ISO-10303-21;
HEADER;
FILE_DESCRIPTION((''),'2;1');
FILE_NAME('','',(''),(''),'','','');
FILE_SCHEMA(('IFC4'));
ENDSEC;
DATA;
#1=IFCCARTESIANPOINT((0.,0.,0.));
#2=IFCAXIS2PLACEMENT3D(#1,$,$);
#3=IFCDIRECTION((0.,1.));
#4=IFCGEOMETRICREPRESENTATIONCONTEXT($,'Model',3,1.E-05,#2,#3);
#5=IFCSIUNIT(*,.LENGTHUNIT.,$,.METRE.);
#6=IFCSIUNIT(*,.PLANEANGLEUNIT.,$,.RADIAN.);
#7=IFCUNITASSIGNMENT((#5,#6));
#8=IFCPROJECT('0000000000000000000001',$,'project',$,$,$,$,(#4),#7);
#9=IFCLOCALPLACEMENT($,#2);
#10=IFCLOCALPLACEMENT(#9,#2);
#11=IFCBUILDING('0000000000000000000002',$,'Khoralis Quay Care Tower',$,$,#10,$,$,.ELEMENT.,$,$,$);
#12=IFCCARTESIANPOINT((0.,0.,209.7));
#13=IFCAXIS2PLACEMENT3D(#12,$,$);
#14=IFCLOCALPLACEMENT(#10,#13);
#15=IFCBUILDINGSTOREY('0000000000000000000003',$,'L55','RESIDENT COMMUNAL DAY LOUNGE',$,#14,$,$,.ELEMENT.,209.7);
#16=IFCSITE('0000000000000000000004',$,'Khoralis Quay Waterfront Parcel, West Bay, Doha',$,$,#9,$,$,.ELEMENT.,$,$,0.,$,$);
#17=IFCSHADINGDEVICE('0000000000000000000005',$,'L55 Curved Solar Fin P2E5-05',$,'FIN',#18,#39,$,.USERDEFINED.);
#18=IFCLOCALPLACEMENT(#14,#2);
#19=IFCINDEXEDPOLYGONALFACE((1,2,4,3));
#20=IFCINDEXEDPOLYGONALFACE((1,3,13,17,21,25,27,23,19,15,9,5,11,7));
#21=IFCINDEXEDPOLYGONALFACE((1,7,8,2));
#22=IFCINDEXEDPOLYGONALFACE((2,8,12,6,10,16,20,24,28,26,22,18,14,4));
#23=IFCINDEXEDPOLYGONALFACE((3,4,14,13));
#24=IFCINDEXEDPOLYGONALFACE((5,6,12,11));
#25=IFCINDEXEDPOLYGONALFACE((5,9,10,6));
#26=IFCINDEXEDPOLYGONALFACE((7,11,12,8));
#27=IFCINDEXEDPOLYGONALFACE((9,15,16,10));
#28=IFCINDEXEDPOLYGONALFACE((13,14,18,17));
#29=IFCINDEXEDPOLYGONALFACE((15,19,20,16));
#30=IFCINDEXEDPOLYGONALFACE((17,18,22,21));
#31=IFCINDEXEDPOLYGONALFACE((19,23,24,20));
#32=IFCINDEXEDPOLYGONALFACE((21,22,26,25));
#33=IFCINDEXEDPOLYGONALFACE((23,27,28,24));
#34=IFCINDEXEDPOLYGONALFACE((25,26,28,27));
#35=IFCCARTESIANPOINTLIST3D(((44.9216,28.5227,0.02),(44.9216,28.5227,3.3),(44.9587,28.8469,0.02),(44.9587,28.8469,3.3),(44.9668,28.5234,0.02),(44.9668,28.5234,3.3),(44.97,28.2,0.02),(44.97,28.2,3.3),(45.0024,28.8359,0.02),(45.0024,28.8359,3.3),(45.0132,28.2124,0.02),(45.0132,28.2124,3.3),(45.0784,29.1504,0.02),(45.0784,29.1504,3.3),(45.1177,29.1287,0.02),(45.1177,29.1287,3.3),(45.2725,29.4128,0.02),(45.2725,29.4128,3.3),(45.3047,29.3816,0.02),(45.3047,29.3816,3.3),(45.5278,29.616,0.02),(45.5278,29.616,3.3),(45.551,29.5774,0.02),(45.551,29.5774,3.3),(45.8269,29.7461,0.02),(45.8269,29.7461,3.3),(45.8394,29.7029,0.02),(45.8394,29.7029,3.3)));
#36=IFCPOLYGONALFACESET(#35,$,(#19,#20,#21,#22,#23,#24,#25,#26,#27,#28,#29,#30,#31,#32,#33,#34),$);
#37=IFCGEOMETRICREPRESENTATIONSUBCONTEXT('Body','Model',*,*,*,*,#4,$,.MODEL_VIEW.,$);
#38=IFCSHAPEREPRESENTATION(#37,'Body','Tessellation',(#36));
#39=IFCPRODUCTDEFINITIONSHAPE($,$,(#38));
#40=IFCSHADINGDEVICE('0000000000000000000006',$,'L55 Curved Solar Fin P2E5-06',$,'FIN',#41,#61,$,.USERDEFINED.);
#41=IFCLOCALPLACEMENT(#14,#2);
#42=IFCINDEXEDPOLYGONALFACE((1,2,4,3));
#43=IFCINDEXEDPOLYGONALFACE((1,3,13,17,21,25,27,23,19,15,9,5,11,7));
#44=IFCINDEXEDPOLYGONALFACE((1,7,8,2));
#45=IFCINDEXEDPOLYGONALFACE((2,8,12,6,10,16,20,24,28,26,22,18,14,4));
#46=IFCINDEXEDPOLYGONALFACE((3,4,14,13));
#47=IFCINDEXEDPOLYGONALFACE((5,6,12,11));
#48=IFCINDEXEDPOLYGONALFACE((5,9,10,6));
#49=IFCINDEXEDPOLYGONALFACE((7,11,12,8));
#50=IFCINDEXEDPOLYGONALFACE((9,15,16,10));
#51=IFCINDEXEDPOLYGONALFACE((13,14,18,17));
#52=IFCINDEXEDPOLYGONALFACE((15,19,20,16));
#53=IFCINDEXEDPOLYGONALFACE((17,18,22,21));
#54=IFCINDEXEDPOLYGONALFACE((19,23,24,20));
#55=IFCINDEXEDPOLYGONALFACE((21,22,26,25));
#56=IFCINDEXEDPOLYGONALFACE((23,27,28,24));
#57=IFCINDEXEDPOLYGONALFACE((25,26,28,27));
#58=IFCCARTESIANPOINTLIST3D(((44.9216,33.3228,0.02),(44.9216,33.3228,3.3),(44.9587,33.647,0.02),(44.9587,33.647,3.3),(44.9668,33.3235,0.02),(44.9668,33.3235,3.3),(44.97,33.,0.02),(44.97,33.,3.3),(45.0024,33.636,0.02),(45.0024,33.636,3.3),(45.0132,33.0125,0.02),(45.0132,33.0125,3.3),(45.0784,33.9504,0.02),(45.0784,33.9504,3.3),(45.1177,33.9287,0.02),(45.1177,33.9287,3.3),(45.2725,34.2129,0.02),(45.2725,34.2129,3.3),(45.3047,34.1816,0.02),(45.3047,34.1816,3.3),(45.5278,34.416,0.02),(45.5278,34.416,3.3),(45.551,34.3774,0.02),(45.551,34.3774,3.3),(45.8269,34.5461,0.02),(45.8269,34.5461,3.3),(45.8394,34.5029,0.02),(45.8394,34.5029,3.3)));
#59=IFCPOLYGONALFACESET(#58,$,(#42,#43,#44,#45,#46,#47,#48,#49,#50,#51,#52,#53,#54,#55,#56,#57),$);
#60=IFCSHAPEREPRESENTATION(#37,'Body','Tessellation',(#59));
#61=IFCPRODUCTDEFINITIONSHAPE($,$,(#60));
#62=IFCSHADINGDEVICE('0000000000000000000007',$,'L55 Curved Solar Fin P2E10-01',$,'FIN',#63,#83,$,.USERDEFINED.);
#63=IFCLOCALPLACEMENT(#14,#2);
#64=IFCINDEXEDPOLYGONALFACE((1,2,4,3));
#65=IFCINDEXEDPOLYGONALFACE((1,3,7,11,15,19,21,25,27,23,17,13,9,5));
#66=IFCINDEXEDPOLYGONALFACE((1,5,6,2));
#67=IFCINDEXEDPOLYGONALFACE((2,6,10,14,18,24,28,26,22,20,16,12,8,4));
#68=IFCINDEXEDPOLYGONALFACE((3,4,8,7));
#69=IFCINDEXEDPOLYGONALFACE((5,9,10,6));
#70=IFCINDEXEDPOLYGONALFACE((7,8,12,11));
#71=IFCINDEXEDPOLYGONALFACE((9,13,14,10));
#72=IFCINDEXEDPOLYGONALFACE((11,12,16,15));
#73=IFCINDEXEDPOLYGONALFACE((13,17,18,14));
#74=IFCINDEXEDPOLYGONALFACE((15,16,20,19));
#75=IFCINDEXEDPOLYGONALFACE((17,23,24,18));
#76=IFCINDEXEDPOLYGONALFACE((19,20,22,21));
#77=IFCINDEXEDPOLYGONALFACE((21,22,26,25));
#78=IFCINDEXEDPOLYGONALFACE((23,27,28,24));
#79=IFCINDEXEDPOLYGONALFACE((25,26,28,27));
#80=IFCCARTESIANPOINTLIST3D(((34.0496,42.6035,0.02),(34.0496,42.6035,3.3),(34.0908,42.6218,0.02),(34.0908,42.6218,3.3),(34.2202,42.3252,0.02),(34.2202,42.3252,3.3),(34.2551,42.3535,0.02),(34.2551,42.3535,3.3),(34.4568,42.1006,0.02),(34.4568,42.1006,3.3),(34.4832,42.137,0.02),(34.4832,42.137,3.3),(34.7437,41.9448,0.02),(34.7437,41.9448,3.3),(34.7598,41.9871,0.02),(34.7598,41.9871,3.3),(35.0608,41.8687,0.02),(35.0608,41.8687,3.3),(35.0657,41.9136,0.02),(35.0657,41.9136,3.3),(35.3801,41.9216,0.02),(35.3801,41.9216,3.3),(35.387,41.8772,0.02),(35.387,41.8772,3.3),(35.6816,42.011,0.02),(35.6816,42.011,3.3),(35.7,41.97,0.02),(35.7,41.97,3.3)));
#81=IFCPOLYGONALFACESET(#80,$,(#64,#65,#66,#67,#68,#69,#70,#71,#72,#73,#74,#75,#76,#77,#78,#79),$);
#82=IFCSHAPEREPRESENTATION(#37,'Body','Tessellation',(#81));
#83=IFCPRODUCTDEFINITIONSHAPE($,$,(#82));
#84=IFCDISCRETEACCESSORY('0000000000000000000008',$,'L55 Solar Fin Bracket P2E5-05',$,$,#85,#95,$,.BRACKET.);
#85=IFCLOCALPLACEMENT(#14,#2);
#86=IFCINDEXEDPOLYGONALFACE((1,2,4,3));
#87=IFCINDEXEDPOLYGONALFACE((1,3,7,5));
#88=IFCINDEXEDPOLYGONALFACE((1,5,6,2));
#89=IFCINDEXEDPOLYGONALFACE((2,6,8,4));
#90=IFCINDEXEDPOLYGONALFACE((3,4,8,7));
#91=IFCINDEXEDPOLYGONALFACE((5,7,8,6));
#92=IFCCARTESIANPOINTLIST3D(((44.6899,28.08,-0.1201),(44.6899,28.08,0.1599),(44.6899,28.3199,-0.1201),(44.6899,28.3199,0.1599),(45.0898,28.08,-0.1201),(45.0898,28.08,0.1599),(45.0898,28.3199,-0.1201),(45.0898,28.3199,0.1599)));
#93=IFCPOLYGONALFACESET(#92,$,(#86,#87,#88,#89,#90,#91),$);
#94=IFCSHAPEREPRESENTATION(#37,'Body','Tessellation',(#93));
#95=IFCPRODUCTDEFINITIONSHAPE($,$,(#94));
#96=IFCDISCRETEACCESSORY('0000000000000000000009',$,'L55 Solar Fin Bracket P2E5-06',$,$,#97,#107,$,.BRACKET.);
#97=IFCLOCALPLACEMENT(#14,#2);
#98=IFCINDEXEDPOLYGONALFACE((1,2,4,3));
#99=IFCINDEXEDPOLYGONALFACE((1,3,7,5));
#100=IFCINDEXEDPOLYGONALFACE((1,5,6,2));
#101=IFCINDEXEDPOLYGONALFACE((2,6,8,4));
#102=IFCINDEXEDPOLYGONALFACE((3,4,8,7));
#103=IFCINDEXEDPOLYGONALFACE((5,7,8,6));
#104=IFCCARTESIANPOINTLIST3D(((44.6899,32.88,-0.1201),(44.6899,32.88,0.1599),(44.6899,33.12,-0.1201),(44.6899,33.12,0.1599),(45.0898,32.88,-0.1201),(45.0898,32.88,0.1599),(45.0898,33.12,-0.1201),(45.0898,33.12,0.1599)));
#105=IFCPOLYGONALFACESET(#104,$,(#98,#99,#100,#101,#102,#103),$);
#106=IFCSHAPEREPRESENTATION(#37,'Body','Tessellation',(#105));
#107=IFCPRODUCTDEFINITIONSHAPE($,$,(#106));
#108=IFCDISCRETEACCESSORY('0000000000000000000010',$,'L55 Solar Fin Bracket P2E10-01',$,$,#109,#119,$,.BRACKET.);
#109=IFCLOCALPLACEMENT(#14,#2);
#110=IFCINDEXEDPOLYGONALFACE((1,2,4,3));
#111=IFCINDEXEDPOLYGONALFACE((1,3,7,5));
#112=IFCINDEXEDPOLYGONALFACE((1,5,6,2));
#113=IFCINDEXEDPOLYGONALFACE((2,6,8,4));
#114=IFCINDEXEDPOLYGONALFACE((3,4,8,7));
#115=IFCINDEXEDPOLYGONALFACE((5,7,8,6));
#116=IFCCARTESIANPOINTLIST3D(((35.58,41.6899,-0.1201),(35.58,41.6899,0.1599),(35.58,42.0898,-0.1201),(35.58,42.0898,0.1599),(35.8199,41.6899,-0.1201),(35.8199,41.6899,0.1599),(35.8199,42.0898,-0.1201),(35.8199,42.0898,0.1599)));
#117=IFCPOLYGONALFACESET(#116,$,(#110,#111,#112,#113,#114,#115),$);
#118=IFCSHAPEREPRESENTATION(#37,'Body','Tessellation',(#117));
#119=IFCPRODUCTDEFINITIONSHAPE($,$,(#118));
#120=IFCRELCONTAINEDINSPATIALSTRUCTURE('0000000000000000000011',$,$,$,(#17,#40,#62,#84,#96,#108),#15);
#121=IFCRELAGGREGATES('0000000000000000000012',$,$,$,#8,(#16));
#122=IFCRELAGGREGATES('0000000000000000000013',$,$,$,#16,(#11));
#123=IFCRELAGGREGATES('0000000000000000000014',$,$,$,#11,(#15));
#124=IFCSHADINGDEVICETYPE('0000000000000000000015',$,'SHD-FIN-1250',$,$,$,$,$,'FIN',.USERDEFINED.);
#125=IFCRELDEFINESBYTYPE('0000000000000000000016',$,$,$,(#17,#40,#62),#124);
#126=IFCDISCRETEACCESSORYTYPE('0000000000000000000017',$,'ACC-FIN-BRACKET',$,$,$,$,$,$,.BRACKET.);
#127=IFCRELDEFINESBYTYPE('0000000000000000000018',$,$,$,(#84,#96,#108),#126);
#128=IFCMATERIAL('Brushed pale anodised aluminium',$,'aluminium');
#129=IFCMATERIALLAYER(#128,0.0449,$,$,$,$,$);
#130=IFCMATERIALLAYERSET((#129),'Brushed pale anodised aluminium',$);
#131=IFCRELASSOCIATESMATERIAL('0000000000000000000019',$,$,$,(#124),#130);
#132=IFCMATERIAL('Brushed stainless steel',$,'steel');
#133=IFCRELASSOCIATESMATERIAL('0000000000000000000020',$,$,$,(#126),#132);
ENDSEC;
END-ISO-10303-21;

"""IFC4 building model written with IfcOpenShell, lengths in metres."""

from ifc_helpers import new_model, si_unit, direction, frame, origin, origin_2d, place, context, subcontext, project, spatial, polyline, rectangle, outline, extrude, source, transform, mapped, material, layer, layer_set, type_object, element, save


model = new_model("IFC4")

# Units and contexts
model_context = context("Model", 3, precision=1e-05, world=origin(), true_north=direction((0.0, 1.0)))
body_context = subcontext(model_context, "Body", "Model", "MODEL_VIEW")
ifc_project = project(units=[si_unit("LENGTHUNIT", "METRE"), si_unit("PLANEANGLEUNIT", "RADIAN")], contexts=[model_context])

# Site, building, storey
site_placement = place(None, origin())
site = spatial("IfcSite", under=ifc_project, at=site_placement, Name="Khoralis Quay Waterfront Parcel, West Bay, Doha", CompositionType="ELEMENT", RefElevation=0.0)
building_placement = place(site_placement, origin())
building = spatial("IfcBuilding", under=site, at=building_placement, Name="Khoralis Quay Care Tower", CompositionType="ELEMENT")
storey_placement = place(building_placement, frame((0.0, 0.0, 209.7)))
storey = spatial("IfcBuildingStorey", under=building, at=storey_placement, Name="L55", Description="RESIDENT COMMUNAL DAY LOUNGE", CompositionType="ELEMENT", Elevation=209.7)

# Shading devices
ifc_material_1 = material(Name="Brushed pale anodised aluminium", Category="aluminium")
ifc_layer_1 = layer(ifc_material_1, 0.0449)
ifc_layer_set_1 = layer_set([ifc_layer_1], Name="Brushed pale anodised aluminium")
shading_device_type = type_object("IfcShadingDeviceType", Name="SHD-FIN-1250", ElementType="FIN", PredefinedType="USERDEFINED", material=ifc_layer_set_1)
shared_shape_1 = source(origin(), body_context, "Body", "SweptSolid", [
    extrude(outline(polyline([(0.0, 0.0), (-0.0483, 0.3228), (-0.0112, 0.647), (0.1084, 0.9504), (0.3025, 1.2129), (0.5579, 1.416), (0.8569, 1.5461), (0.8694, 1.5029), (0.5811, 1.3774), (0.3347, 1.1816), (0.1477, 0.9287), (0.0325, 0.636), (-0.0032, 0.3235), (0.0432, 0.0125), (0.0, 0.0)])), origin(), (0.0, 0.0, 1.0), 3.28),
])
for number, where, z_axis, x_axis, name in (
    (1, (44.97, 28.2, 0.02), (0.0, 0.0, 1.0), (1.0, 0.0, 0.0), "L55 Curved Solar Fin P2E5-05"),
    (2, (44.97, 33.0, 0.02), (0.0, 0.0, 1.0), (1.0, 0.0, 0.0), "L55 Curved Solar Fin P2E5-06"),
):
    element("IfcShadingDevice", number, at=place(storey_placement, frame(where, z_axis=z_axis, x_axis=x_axis)), inside=storey, type_object=shading_device_type, Name=name, ObjectType="FIN", PredefinedType="USERDEFINED", context=body_context, shape_type="MappedRepresentation", body=[
        mapped(shared_shape_1, transform((0.0, 0.0, 0.0), scale=1.0)),
    ])
shared_shape_2 = source(origin(), body_context, "Body", "SweptSolid", [
    extrude(outline(polyline([(0.0, 0.0), (-0.0928, 0.313), (-0.1013, 0.6392), (-0.0251, 0.9563), (0.1306, 1.2432), (0.3552, 1.4797), (0.6335, 1.6504), (0.6519, 1.6091), (0.3835, 1.4448), (0.167, 1.2168), (0.0171, 0.9402), (-0.0564, 0.6343), (-0.0483, 0.3198), (0.041, 0.0183), (0.0, 0.0)])), origin(), (0.0, 0.0, 1.0), 3.28),
])
shading_device_placement = place(storey_placement, frame((35.7, 41.97, 0.02), z_axis=(0.0, 0.0, 1.0), x_axis=(0.0, 1.0, 0.0)))
element("IfcShadingDevice", 3, at=shading_device_placement, inside=storey, type_object=shading_device_type, Name="L55 Curved Solar Fin P2E10-01", ObjectType="FIN", PredefinedType="USERDEFINED", context=body_context, shape_type="MappedRepresentation", body=[
    mapped(shared_shape_2, transform((0.0, 0.0, 0.0), scale=1.0)),
])

# Discrete accessories
ifc_material_2 = material(Name="Brushed stainless steel", Category="steel")
discrete_accessory_type = type_object("IfcDiscreteAccessoryType", Name="ACC-FIN-BRACKET", PredefinedType="BRACKET", material=ifc_material_2)
shared_shape_3 = source(origin(), body_context, "Body", "SweptSolid", [
    extrude(rectangle(XDim=0.3999, YDim=0.24, at=origin_2d()), origin(), (0.0, 0.0, 1.0), 0.28),
])
for number, where, z_axis, x_axis, name in (
    (4, (44.8899, 28.2, -0.1201), (0.0, 0.0, 1.0), (1.0, 0.0, 0.0), "L55 Solar Fin Bracket P2E5-05"),
    (5, (44.8899, 33.0, -0.1201), (0.0, 0.0, 1.0), (1.0, 0.0, 0.0), "L55 Solar Fin Bracket P2E5-06"),
    (6, (35.7, 41.8899, -0.1201), (0.0, 0.0, 1.0), (0.0, 1.0, 0.0), "L55 Solar Fin Bracket P2E10-01"),
):
    element("IfcDiscreteAccessory", number, at=place(storey_placement, frame(where, z_axis=z_axis, x_axis=x_axis)), inside=storey, type_object=discrete_accessory_type, Name=name, PredefinedType="BRACKET", context=body_context, shape_type="MappedRepresentation", body=[
        mapped(shared_shape_3, transform((0.0, 0.0, 0.0), scale=1.0)),
    ])

save(model, "model.ifc")
